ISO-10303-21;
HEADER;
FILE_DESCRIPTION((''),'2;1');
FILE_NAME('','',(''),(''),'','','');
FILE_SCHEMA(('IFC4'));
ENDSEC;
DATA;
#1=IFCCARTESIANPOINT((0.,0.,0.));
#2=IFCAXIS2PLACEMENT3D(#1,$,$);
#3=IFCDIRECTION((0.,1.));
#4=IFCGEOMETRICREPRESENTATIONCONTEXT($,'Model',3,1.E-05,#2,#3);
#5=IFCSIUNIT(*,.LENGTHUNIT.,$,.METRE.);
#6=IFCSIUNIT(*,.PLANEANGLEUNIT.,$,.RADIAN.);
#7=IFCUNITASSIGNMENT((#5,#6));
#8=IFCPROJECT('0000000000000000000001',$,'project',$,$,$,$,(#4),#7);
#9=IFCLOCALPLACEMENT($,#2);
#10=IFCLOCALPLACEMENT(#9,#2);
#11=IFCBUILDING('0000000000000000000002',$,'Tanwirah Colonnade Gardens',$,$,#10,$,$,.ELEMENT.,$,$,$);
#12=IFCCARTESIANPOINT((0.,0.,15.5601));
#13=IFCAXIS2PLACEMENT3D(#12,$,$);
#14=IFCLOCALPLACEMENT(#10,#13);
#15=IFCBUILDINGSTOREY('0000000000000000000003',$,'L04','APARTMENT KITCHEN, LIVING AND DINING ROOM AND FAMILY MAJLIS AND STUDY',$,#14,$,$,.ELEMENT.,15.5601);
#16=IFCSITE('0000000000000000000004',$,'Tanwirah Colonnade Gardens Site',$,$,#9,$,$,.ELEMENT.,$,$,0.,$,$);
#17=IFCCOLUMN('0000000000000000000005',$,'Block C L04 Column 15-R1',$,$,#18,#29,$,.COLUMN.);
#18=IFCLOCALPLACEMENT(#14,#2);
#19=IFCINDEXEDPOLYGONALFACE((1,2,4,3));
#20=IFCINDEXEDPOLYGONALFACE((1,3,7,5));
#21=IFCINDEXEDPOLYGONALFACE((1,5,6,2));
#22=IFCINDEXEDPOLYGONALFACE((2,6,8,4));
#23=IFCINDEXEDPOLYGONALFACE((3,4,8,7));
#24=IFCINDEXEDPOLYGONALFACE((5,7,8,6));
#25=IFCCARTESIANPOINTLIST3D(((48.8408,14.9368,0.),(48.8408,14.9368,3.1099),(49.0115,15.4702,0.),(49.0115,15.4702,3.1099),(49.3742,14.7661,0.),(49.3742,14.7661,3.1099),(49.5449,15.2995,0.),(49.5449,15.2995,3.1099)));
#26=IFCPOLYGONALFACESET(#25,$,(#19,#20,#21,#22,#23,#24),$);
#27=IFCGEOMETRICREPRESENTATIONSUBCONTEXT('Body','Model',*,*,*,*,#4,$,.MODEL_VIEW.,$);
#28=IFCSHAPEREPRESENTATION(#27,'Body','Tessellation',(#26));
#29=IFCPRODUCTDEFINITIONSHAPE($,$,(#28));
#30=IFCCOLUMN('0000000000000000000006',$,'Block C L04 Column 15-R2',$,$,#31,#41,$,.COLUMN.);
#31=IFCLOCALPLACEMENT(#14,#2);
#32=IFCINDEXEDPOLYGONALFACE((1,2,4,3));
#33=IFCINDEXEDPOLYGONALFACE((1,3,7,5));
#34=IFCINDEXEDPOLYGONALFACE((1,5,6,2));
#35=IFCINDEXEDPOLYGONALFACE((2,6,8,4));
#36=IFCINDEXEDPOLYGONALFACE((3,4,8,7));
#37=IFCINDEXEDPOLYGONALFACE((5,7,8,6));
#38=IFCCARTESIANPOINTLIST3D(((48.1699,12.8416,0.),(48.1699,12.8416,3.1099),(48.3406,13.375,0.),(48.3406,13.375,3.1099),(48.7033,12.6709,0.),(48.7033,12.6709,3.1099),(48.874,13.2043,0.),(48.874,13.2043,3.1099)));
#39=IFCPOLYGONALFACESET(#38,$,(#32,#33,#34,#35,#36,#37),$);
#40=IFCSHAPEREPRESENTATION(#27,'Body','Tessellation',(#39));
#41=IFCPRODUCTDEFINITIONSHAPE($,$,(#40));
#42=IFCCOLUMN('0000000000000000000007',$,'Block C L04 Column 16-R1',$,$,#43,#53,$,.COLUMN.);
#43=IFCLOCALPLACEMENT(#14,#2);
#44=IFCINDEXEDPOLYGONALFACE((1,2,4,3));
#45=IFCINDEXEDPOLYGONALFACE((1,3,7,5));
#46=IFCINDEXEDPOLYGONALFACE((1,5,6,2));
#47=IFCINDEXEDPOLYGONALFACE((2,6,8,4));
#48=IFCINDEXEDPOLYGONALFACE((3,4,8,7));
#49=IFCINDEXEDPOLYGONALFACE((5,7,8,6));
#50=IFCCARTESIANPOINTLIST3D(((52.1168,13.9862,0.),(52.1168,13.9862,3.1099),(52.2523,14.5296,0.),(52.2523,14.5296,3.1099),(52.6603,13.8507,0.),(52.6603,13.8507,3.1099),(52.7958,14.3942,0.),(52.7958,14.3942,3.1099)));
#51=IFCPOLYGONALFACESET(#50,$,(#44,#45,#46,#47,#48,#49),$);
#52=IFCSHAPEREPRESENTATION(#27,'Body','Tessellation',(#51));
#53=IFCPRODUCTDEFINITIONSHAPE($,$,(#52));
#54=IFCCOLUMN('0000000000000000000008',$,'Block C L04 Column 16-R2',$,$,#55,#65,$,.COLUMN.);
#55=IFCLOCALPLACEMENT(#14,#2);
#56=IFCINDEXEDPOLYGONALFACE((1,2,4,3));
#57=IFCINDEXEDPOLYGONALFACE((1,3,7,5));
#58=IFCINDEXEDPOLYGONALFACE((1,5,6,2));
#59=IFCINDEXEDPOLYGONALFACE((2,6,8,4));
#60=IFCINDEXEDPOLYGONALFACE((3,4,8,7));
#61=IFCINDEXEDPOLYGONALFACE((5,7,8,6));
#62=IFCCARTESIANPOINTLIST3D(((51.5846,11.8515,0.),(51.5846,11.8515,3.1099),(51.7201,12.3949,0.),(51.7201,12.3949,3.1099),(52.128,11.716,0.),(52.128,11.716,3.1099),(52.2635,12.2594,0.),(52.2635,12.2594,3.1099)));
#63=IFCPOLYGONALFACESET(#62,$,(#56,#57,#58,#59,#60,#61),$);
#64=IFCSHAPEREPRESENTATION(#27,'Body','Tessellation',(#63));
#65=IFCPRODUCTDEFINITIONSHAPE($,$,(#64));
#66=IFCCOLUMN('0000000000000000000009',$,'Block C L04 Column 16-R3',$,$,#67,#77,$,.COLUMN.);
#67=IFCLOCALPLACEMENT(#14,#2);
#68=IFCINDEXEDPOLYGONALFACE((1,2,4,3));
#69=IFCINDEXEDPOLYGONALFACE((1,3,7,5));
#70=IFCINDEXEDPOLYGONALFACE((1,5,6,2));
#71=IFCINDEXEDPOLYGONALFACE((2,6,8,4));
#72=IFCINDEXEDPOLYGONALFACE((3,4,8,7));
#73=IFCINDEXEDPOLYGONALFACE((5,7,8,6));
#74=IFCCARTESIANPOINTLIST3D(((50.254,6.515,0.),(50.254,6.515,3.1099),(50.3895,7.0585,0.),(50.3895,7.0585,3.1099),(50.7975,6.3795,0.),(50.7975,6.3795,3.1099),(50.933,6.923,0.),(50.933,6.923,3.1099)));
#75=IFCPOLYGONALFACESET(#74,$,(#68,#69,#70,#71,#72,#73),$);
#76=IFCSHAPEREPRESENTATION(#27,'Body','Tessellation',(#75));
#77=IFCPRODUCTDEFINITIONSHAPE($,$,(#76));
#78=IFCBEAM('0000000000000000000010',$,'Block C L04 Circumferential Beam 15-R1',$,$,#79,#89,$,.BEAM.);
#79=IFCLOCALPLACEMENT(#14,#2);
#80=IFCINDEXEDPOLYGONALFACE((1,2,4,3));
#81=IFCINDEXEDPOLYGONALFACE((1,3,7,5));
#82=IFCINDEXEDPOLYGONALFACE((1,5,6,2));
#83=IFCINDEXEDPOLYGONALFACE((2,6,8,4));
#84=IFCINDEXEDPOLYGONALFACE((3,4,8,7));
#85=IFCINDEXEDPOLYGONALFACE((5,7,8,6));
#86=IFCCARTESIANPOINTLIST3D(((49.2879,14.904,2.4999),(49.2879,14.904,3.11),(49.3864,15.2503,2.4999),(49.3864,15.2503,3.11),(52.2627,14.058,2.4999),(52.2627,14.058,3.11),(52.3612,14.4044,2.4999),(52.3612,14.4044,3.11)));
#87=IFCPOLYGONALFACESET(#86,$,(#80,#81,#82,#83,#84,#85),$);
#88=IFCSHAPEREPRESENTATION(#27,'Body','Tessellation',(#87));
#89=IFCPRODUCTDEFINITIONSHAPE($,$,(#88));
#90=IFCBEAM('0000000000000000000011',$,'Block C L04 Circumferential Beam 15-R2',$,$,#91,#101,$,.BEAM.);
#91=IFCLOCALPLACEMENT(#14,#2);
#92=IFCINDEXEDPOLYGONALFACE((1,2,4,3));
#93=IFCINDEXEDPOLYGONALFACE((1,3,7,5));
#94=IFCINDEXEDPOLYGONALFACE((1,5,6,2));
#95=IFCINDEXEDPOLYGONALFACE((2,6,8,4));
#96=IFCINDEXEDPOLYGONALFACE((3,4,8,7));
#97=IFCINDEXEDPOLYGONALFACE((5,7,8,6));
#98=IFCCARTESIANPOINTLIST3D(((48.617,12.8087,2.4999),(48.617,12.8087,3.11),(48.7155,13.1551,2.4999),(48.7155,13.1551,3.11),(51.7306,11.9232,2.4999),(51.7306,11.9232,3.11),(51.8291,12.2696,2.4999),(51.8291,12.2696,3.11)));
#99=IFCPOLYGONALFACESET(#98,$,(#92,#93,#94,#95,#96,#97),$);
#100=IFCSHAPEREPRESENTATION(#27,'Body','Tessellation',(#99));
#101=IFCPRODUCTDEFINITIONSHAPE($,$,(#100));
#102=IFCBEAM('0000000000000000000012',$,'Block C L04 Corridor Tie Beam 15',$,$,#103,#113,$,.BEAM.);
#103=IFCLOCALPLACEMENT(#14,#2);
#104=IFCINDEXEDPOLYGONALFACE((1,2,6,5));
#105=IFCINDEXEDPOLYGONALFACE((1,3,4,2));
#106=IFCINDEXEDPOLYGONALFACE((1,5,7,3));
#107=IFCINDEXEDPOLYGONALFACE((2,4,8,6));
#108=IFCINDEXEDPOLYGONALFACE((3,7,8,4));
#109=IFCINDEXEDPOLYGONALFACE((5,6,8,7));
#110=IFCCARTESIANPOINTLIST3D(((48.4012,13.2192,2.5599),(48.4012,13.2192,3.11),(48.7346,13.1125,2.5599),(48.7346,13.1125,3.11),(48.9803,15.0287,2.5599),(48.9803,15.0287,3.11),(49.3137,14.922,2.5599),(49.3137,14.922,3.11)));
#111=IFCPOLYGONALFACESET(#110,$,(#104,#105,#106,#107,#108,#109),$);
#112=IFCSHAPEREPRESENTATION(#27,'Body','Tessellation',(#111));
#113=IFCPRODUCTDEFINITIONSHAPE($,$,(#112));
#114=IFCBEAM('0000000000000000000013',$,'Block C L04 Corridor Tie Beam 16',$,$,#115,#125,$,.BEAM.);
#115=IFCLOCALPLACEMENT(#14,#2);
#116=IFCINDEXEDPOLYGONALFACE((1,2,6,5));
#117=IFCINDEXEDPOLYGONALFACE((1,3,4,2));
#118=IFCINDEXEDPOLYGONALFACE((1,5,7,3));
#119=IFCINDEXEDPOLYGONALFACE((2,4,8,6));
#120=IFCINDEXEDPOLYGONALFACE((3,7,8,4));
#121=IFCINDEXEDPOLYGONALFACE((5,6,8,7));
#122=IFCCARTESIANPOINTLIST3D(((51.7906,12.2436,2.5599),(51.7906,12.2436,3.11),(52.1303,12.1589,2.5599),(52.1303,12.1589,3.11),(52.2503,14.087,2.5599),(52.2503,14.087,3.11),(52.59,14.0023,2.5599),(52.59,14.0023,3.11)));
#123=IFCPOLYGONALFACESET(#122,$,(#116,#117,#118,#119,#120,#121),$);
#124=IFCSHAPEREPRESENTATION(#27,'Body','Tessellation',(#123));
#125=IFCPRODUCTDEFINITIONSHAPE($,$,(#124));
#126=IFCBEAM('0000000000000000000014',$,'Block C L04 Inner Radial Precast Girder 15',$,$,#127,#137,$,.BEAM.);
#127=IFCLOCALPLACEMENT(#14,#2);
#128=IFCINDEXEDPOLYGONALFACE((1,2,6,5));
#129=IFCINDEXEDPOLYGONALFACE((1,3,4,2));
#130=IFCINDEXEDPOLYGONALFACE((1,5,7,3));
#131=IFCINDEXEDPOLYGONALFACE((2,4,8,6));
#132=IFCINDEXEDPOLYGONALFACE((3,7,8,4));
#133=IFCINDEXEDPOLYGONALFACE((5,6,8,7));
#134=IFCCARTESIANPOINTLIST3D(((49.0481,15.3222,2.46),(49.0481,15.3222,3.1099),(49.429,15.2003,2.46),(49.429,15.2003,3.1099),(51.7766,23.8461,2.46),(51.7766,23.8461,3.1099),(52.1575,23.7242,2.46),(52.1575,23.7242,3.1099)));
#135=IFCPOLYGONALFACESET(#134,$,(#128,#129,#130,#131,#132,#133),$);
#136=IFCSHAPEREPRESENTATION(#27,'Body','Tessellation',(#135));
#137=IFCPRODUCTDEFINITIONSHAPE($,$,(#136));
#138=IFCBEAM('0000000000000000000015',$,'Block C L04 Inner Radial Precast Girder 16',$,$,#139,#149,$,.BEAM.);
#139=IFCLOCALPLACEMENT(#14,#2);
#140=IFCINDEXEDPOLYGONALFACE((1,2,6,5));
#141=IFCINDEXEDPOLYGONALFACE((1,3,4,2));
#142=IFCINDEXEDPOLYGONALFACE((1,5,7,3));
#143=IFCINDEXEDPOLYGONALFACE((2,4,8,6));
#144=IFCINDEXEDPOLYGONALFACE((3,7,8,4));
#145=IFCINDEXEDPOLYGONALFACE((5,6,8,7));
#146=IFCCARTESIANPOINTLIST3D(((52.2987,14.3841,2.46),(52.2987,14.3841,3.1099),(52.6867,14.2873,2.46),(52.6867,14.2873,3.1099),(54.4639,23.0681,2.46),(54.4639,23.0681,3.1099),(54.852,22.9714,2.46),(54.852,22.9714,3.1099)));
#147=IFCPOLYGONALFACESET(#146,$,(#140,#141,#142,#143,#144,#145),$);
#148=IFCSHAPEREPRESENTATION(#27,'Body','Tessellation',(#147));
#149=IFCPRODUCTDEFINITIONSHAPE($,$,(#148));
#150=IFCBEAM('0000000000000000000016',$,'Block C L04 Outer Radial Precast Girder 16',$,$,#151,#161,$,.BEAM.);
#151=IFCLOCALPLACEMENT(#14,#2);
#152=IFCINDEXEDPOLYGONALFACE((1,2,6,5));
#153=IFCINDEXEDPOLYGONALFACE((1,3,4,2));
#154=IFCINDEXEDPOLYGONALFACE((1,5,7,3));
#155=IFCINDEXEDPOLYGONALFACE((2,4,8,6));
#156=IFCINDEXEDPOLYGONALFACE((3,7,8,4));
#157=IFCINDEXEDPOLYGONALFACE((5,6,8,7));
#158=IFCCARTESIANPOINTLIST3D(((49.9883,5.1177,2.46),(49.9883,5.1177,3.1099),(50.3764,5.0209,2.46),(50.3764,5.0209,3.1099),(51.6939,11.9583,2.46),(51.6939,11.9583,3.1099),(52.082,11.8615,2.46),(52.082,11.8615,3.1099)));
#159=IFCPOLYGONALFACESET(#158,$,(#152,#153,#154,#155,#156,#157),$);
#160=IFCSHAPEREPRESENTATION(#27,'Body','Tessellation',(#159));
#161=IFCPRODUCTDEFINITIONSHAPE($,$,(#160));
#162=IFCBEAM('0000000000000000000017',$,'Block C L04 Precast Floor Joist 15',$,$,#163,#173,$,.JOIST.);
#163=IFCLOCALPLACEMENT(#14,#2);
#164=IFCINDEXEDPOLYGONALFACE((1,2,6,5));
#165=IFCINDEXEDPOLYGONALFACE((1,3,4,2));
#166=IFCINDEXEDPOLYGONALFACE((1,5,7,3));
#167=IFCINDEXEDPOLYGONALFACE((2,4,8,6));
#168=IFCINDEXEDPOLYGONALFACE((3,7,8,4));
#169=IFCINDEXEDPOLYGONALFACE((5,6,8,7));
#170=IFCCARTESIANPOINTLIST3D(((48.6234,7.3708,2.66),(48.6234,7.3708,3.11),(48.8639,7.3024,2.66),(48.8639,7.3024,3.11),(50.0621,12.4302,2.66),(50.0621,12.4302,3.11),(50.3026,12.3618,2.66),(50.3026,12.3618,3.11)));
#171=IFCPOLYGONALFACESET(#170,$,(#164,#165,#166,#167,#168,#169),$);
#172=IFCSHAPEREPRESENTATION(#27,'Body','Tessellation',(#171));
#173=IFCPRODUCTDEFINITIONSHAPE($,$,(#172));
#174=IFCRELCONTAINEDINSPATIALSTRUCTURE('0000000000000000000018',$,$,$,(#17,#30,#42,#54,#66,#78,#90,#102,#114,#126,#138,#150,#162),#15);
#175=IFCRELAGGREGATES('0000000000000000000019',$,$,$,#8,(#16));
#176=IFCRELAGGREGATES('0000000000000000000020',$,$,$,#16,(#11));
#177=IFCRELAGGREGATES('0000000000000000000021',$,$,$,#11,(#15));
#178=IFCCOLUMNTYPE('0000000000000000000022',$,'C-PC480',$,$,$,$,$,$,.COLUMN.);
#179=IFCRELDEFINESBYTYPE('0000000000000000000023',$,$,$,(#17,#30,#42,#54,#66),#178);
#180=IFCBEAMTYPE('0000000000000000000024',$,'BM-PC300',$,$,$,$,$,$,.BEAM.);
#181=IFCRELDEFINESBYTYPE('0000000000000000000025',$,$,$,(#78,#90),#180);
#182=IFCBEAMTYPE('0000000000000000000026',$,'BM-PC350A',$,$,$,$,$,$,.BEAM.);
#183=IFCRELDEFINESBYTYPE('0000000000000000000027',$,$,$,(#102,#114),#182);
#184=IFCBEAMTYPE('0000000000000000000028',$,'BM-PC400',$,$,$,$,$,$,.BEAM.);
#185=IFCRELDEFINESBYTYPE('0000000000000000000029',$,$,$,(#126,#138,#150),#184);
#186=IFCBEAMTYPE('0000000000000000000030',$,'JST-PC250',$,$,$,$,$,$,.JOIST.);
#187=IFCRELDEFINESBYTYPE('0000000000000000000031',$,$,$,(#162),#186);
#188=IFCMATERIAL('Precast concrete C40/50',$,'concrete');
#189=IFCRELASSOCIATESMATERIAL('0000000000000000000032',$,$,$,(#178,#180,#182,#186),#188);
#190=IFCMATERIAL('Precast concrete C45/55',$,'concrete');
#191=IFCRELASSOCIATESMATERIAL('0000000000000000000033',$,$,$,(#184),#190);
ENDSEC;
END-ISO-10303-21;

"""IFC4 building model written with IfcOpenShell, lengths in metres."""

from ifc_helpers import new_model, si_unit, direction, frame, origin, origin_2d, place, context, subcontext, project, spatial, rectangle, extrude, material, material_profile, profile_set, type_object, element, save


model = new_model("IFC4")

# Units and contexts
model_context = context("Model", 3, precision=1e-05, world=origin(), true_north=direction((0.0, 1.0)))
body_context = subcontext(model_context, "Body", "Model", "MODEL_VIEW")
ifc_project = project(units=[si_unit("LENGTHUNIT", "METRE"), si_unit("PLANEANGLEUNIT", "RADIAN")], contexts=[model_context])

# Site, building, storey
site_placement = place(None, origin())
site = spatial("IfcSite", under=ifc_project, at=site_placement, Name="Tanwirah Colonnade Gardens Site", CompositionType="ELEMENT", RefElevation=0.0)
building_placement = place(site_placement, origin())
building = spatial("IfcBuilding", under=site, at=building_placement, Name="Tanwirah Colonnade Gardens", CompositionType="ELEMENT")
storey_placement = place(building_placement, frame((0.0, 0.0, 15.5601)))
storey = spatial("IfcBuildingStorey", under=building, at=storey_placement, Name="L04", Description="APARTMENT KITCHEN, LIVING AND DINING ROOM AND FAMILY MAJLIS AND STUDY", CompositionType="ELEMENT", Elevation=15.5601)

# Columns
ifc_material_1 = material(Name="Precast concrete C40/50", Category="concrete")
ifc_material_profile_1 = material_profile(ifc_material_1, rectangle(XDim=0.5601, YDim=0.5601, at=origin_2d()), Name="PC-COL 560x560")
ifc_profile_set_1 = profile_set([ifc_material_profile_1], Name="Precast concrete C40/50")
column_type = type_object("IfcColumnType", Name="C-PC480", PredefinedType="COLUMN", material=ifc_profile_set_1)
for number, where, z_axis, x_axis, name in (
    (1, (49.1929, 15.1182, 0.0), (0.0, 0.0, 1.0), (-0.304864, -0.952396, 0.0), "Block C L04 Column 15-R1"),
    (2, (48.522, 13.0229, 0.0), (0.0, 0.0, 1.0), (-0.304864, -0.952396, 0.0), "Block C L04 Column 15-R2"),
    (3, (52.4563, 14.1902, 0.0), (0.0, 0.0, 1.0), (-0.241922, -0.970296, 0.0), "Block C L04 Column 16-R1"),
    (4, (51.9241, 12.0554, 0.0), (0.0, 0.0, 1.0), (-0.241922, -0.970296, 0.0), "Block C L04 Column 16-R2"),
    (5, (50.5935, 6.719, 0.0), (0.0, 0.0, 1.0), (-0.241922, -0.970296, 0.0), "Block C L04 Column 16-R3"),
):
    element("IfcColumn", number, at=place(storey_placement, frame(where, z_axis=z_axis, x_axis=x_axis)), inside=storey, type_object=column_type, Name=name, PredefinedType="COLUMN", context=body_context, shape_type="SweptSolid", body=[
        extrude(rectangle(XDim=0.5601, YDim=0.5601, at=origin_2d()), origin(), (0.0, 0.0, 1.0), 3.1099),
    ])

# Beams
ifc_material_profile_2 = material_profile(ifc_material_1, rectangle(XDim=0.3601, YDim=0.6101, at=origin_2d()), Name="PC-BM 360x610")
ifc_profile_set_2 = profile_set([ifc_material_profile_2], Name="Precast concrete C40/50")
beam_type_1 = type_object("IfcBeamType", Name="BM-PC300", PredefinedType="BEAM", material=ifc_profile_set_2)
beam_1_placement = place(storey_placement, frame((49.3372, 15.0771, 2.8049), z_axis=(0.961866, -0.273522, 0.0), x_axis=(0.273522, 0.961866, 0.0)))
element("IfcBeam", 6, at=beam_1_placement, inside=storey, type_object=beam_type_1, Name="Block C L04 Circumferential Beam 15-R1", PredefinedType="BEAM", context=body_context, shape_type="SweptSolid", body=[
    extrude(rectangle(XDim=0.3601, YDim=0.6101, at=origin_2d()), origin(), (0.0, 0.0, 1.0), 3.0928),
])
beam_2_placement = place(storey_placement, frame((48.6663, 12.9819, 2.8049), z_axis=(0.961856, -0.273555, 0.0), x_axis=(0.273555, 0.961856, 0.0)))
element("IfcBeam", 7, at=beam_2_placement, inside=storey, type_object=beam_type_1, Name="Block C L04 Circumferential Beam 15-R2", PredefinedType="BEAM", context=body_context, shape_type="SweptSolid", body=[
    extrude(rectangle(XDim=0.3601, YDim=0.6101, at=origin_2d()), origin(), (0.0, 0.0, 1.0), 3.2371),
])
ifc_material_profile_3 = material_profile(ifc_material_1, rectangle(XDim=0.3501, YDim=0.55, at=origin_2d()), Name="PC-BM 350x550")
ifc_profile_set_3 = profile_set([ifc_material_profile_3], Name="Precast concrete C40/50")
beam_type_2 = type_object("IfcBeamType", Name="BM-PC350A", PredefinedType="BEAM", material=ifc_profile_set_3)
for number, where, z_axis, x_axis, name in (
    (8, (49.147, 14.9753, 2.835), (-0.304794, -0.952418, 0.0), (0.952418, -0.304794, 0.0), "Block C L04 Corridor Tie Beam 15"),
    (9, (52.4202, 14.0447, 2.835), (-0.241961, -0.970286, 0.0), (0.970286, -0.241961, 0.0), "Block C L04 Corridor Tie Beam 16"),
):
    element("IfcBeam", number, at=place(storey_placement, frame(where, z_axis=z_axis, x_axis=x_axis)), inside=storey, type_object=beam_type_2, Name=name, PredefinedType="BEAM", context=body_context, shape_type="SweptSolid", body=[
        extrude(rectangle(XDim=0.3501, YDim=0.55, at=origin_2d()), origin(), (0.0, 0.0, 1.0), 1.8999),
    ])
ifc_material_2 = material(Name="Precast concrete C45/55", Category="concrete")
ifc_material_profile_4 = material_profile(ifc_material_2, rectangle(XDim=0.3999, YDim=0.6499, at=origin_2d()), Name="PC-BM 400x650")
ifc_profile_set_4 = profile_set([ifc_material_profile_4], Name="Precast concrete C45/55")
beam_type_3 = type_object("IfcBeamType", Name="BM-PC400", PredefinedType="BEAM", material=ifc_profile_set_4)
for number, where, z_axis, x_axis, name in (
    (10, (49.2385, 15.2612, 2.7849), (0.304863, 0.952396, 0.0), (-0.952396, 0.304863, 0.0), "Block C L04 Inner Radial Precast Girder 15"),
    (11, (52.4927, 14.3357, 2.7849), (0.241932, 0.970293, 0.0), (-0.970293, 0.241932, 0.0), "Block C L04 Inner Radial Precast Girder 16"),
):
    element("IfcBeam", number, at=place(storey_placement, frame(where, z_axis=z_axis, x_axis=x_axis)), inside=storey, type_object=beam_type_3, Name=name, PredefinedType="BEAM", context=body_context, shape_type="SweptSolid", body=[
        extrude(rectangle(XDim=0.3999, YDim=0.6499, at=origin_2d()), origin(), (0.0, 0.0, 1.0), 8.95),
    ])
beam_3_placement = place(storey_placement, frame((51.8879, 11.9099, 2.7849), z_axis=(-0.241924, -0.970295, 0.0), x_axis=(0.970295, -0.241924, 0.0)))
element("IfcBeam", 12, at=beam_3_placement, inside=storey, type_object=beam_type_3, Name="Block C L04 Outer Radial Precast Girder 16", PredefinedType="BEAM", context=body_context, shape_type="SweptSolid", body=[
    extrude(rectangle(XDim=0.3999, YDim=0.6499, at=origin_2d()), origin(), (0.0, 0.0, 1.0), 7.05),
])
ifc_material_profile_5 = material_profile(ifc_material_1, rectangle(XDim=0.25, YDim=0.45, at=origin_2d()), Name="PC-JST 250x450")
ifc_profile_set_5 = profile_set([ifc_material_profile_5], Name="Precast concrete C40/50")
beam_type_4 = type_object("IfcBeamType", Name="JST-PC250", PredefinedType="JOIST", material=ifc_profile_set_5)
beam_4_placement = place(storey_placement, frame((50.1824, 12.396, 2.885), z_axis=(-0.273526, -0.961865, 0.0), x_axis=(0.961865, -0.273526, 0.0)))
element("IfcBeam", 13, at=beam_4_placement, inside=storey, type_object=beam_type_4, Name="Block C L04 Precast Floor Joist 15", PredefinedType="JOIST", context=body_context, shape_type="SweptSolid", body=[
    extrude(rectangle(XDim=0.25, YDim=0.45, at=origin_2d()), origin(), (0.0, 0.0, 1.0), 5.26),
])

save(model, "model.ifc")
